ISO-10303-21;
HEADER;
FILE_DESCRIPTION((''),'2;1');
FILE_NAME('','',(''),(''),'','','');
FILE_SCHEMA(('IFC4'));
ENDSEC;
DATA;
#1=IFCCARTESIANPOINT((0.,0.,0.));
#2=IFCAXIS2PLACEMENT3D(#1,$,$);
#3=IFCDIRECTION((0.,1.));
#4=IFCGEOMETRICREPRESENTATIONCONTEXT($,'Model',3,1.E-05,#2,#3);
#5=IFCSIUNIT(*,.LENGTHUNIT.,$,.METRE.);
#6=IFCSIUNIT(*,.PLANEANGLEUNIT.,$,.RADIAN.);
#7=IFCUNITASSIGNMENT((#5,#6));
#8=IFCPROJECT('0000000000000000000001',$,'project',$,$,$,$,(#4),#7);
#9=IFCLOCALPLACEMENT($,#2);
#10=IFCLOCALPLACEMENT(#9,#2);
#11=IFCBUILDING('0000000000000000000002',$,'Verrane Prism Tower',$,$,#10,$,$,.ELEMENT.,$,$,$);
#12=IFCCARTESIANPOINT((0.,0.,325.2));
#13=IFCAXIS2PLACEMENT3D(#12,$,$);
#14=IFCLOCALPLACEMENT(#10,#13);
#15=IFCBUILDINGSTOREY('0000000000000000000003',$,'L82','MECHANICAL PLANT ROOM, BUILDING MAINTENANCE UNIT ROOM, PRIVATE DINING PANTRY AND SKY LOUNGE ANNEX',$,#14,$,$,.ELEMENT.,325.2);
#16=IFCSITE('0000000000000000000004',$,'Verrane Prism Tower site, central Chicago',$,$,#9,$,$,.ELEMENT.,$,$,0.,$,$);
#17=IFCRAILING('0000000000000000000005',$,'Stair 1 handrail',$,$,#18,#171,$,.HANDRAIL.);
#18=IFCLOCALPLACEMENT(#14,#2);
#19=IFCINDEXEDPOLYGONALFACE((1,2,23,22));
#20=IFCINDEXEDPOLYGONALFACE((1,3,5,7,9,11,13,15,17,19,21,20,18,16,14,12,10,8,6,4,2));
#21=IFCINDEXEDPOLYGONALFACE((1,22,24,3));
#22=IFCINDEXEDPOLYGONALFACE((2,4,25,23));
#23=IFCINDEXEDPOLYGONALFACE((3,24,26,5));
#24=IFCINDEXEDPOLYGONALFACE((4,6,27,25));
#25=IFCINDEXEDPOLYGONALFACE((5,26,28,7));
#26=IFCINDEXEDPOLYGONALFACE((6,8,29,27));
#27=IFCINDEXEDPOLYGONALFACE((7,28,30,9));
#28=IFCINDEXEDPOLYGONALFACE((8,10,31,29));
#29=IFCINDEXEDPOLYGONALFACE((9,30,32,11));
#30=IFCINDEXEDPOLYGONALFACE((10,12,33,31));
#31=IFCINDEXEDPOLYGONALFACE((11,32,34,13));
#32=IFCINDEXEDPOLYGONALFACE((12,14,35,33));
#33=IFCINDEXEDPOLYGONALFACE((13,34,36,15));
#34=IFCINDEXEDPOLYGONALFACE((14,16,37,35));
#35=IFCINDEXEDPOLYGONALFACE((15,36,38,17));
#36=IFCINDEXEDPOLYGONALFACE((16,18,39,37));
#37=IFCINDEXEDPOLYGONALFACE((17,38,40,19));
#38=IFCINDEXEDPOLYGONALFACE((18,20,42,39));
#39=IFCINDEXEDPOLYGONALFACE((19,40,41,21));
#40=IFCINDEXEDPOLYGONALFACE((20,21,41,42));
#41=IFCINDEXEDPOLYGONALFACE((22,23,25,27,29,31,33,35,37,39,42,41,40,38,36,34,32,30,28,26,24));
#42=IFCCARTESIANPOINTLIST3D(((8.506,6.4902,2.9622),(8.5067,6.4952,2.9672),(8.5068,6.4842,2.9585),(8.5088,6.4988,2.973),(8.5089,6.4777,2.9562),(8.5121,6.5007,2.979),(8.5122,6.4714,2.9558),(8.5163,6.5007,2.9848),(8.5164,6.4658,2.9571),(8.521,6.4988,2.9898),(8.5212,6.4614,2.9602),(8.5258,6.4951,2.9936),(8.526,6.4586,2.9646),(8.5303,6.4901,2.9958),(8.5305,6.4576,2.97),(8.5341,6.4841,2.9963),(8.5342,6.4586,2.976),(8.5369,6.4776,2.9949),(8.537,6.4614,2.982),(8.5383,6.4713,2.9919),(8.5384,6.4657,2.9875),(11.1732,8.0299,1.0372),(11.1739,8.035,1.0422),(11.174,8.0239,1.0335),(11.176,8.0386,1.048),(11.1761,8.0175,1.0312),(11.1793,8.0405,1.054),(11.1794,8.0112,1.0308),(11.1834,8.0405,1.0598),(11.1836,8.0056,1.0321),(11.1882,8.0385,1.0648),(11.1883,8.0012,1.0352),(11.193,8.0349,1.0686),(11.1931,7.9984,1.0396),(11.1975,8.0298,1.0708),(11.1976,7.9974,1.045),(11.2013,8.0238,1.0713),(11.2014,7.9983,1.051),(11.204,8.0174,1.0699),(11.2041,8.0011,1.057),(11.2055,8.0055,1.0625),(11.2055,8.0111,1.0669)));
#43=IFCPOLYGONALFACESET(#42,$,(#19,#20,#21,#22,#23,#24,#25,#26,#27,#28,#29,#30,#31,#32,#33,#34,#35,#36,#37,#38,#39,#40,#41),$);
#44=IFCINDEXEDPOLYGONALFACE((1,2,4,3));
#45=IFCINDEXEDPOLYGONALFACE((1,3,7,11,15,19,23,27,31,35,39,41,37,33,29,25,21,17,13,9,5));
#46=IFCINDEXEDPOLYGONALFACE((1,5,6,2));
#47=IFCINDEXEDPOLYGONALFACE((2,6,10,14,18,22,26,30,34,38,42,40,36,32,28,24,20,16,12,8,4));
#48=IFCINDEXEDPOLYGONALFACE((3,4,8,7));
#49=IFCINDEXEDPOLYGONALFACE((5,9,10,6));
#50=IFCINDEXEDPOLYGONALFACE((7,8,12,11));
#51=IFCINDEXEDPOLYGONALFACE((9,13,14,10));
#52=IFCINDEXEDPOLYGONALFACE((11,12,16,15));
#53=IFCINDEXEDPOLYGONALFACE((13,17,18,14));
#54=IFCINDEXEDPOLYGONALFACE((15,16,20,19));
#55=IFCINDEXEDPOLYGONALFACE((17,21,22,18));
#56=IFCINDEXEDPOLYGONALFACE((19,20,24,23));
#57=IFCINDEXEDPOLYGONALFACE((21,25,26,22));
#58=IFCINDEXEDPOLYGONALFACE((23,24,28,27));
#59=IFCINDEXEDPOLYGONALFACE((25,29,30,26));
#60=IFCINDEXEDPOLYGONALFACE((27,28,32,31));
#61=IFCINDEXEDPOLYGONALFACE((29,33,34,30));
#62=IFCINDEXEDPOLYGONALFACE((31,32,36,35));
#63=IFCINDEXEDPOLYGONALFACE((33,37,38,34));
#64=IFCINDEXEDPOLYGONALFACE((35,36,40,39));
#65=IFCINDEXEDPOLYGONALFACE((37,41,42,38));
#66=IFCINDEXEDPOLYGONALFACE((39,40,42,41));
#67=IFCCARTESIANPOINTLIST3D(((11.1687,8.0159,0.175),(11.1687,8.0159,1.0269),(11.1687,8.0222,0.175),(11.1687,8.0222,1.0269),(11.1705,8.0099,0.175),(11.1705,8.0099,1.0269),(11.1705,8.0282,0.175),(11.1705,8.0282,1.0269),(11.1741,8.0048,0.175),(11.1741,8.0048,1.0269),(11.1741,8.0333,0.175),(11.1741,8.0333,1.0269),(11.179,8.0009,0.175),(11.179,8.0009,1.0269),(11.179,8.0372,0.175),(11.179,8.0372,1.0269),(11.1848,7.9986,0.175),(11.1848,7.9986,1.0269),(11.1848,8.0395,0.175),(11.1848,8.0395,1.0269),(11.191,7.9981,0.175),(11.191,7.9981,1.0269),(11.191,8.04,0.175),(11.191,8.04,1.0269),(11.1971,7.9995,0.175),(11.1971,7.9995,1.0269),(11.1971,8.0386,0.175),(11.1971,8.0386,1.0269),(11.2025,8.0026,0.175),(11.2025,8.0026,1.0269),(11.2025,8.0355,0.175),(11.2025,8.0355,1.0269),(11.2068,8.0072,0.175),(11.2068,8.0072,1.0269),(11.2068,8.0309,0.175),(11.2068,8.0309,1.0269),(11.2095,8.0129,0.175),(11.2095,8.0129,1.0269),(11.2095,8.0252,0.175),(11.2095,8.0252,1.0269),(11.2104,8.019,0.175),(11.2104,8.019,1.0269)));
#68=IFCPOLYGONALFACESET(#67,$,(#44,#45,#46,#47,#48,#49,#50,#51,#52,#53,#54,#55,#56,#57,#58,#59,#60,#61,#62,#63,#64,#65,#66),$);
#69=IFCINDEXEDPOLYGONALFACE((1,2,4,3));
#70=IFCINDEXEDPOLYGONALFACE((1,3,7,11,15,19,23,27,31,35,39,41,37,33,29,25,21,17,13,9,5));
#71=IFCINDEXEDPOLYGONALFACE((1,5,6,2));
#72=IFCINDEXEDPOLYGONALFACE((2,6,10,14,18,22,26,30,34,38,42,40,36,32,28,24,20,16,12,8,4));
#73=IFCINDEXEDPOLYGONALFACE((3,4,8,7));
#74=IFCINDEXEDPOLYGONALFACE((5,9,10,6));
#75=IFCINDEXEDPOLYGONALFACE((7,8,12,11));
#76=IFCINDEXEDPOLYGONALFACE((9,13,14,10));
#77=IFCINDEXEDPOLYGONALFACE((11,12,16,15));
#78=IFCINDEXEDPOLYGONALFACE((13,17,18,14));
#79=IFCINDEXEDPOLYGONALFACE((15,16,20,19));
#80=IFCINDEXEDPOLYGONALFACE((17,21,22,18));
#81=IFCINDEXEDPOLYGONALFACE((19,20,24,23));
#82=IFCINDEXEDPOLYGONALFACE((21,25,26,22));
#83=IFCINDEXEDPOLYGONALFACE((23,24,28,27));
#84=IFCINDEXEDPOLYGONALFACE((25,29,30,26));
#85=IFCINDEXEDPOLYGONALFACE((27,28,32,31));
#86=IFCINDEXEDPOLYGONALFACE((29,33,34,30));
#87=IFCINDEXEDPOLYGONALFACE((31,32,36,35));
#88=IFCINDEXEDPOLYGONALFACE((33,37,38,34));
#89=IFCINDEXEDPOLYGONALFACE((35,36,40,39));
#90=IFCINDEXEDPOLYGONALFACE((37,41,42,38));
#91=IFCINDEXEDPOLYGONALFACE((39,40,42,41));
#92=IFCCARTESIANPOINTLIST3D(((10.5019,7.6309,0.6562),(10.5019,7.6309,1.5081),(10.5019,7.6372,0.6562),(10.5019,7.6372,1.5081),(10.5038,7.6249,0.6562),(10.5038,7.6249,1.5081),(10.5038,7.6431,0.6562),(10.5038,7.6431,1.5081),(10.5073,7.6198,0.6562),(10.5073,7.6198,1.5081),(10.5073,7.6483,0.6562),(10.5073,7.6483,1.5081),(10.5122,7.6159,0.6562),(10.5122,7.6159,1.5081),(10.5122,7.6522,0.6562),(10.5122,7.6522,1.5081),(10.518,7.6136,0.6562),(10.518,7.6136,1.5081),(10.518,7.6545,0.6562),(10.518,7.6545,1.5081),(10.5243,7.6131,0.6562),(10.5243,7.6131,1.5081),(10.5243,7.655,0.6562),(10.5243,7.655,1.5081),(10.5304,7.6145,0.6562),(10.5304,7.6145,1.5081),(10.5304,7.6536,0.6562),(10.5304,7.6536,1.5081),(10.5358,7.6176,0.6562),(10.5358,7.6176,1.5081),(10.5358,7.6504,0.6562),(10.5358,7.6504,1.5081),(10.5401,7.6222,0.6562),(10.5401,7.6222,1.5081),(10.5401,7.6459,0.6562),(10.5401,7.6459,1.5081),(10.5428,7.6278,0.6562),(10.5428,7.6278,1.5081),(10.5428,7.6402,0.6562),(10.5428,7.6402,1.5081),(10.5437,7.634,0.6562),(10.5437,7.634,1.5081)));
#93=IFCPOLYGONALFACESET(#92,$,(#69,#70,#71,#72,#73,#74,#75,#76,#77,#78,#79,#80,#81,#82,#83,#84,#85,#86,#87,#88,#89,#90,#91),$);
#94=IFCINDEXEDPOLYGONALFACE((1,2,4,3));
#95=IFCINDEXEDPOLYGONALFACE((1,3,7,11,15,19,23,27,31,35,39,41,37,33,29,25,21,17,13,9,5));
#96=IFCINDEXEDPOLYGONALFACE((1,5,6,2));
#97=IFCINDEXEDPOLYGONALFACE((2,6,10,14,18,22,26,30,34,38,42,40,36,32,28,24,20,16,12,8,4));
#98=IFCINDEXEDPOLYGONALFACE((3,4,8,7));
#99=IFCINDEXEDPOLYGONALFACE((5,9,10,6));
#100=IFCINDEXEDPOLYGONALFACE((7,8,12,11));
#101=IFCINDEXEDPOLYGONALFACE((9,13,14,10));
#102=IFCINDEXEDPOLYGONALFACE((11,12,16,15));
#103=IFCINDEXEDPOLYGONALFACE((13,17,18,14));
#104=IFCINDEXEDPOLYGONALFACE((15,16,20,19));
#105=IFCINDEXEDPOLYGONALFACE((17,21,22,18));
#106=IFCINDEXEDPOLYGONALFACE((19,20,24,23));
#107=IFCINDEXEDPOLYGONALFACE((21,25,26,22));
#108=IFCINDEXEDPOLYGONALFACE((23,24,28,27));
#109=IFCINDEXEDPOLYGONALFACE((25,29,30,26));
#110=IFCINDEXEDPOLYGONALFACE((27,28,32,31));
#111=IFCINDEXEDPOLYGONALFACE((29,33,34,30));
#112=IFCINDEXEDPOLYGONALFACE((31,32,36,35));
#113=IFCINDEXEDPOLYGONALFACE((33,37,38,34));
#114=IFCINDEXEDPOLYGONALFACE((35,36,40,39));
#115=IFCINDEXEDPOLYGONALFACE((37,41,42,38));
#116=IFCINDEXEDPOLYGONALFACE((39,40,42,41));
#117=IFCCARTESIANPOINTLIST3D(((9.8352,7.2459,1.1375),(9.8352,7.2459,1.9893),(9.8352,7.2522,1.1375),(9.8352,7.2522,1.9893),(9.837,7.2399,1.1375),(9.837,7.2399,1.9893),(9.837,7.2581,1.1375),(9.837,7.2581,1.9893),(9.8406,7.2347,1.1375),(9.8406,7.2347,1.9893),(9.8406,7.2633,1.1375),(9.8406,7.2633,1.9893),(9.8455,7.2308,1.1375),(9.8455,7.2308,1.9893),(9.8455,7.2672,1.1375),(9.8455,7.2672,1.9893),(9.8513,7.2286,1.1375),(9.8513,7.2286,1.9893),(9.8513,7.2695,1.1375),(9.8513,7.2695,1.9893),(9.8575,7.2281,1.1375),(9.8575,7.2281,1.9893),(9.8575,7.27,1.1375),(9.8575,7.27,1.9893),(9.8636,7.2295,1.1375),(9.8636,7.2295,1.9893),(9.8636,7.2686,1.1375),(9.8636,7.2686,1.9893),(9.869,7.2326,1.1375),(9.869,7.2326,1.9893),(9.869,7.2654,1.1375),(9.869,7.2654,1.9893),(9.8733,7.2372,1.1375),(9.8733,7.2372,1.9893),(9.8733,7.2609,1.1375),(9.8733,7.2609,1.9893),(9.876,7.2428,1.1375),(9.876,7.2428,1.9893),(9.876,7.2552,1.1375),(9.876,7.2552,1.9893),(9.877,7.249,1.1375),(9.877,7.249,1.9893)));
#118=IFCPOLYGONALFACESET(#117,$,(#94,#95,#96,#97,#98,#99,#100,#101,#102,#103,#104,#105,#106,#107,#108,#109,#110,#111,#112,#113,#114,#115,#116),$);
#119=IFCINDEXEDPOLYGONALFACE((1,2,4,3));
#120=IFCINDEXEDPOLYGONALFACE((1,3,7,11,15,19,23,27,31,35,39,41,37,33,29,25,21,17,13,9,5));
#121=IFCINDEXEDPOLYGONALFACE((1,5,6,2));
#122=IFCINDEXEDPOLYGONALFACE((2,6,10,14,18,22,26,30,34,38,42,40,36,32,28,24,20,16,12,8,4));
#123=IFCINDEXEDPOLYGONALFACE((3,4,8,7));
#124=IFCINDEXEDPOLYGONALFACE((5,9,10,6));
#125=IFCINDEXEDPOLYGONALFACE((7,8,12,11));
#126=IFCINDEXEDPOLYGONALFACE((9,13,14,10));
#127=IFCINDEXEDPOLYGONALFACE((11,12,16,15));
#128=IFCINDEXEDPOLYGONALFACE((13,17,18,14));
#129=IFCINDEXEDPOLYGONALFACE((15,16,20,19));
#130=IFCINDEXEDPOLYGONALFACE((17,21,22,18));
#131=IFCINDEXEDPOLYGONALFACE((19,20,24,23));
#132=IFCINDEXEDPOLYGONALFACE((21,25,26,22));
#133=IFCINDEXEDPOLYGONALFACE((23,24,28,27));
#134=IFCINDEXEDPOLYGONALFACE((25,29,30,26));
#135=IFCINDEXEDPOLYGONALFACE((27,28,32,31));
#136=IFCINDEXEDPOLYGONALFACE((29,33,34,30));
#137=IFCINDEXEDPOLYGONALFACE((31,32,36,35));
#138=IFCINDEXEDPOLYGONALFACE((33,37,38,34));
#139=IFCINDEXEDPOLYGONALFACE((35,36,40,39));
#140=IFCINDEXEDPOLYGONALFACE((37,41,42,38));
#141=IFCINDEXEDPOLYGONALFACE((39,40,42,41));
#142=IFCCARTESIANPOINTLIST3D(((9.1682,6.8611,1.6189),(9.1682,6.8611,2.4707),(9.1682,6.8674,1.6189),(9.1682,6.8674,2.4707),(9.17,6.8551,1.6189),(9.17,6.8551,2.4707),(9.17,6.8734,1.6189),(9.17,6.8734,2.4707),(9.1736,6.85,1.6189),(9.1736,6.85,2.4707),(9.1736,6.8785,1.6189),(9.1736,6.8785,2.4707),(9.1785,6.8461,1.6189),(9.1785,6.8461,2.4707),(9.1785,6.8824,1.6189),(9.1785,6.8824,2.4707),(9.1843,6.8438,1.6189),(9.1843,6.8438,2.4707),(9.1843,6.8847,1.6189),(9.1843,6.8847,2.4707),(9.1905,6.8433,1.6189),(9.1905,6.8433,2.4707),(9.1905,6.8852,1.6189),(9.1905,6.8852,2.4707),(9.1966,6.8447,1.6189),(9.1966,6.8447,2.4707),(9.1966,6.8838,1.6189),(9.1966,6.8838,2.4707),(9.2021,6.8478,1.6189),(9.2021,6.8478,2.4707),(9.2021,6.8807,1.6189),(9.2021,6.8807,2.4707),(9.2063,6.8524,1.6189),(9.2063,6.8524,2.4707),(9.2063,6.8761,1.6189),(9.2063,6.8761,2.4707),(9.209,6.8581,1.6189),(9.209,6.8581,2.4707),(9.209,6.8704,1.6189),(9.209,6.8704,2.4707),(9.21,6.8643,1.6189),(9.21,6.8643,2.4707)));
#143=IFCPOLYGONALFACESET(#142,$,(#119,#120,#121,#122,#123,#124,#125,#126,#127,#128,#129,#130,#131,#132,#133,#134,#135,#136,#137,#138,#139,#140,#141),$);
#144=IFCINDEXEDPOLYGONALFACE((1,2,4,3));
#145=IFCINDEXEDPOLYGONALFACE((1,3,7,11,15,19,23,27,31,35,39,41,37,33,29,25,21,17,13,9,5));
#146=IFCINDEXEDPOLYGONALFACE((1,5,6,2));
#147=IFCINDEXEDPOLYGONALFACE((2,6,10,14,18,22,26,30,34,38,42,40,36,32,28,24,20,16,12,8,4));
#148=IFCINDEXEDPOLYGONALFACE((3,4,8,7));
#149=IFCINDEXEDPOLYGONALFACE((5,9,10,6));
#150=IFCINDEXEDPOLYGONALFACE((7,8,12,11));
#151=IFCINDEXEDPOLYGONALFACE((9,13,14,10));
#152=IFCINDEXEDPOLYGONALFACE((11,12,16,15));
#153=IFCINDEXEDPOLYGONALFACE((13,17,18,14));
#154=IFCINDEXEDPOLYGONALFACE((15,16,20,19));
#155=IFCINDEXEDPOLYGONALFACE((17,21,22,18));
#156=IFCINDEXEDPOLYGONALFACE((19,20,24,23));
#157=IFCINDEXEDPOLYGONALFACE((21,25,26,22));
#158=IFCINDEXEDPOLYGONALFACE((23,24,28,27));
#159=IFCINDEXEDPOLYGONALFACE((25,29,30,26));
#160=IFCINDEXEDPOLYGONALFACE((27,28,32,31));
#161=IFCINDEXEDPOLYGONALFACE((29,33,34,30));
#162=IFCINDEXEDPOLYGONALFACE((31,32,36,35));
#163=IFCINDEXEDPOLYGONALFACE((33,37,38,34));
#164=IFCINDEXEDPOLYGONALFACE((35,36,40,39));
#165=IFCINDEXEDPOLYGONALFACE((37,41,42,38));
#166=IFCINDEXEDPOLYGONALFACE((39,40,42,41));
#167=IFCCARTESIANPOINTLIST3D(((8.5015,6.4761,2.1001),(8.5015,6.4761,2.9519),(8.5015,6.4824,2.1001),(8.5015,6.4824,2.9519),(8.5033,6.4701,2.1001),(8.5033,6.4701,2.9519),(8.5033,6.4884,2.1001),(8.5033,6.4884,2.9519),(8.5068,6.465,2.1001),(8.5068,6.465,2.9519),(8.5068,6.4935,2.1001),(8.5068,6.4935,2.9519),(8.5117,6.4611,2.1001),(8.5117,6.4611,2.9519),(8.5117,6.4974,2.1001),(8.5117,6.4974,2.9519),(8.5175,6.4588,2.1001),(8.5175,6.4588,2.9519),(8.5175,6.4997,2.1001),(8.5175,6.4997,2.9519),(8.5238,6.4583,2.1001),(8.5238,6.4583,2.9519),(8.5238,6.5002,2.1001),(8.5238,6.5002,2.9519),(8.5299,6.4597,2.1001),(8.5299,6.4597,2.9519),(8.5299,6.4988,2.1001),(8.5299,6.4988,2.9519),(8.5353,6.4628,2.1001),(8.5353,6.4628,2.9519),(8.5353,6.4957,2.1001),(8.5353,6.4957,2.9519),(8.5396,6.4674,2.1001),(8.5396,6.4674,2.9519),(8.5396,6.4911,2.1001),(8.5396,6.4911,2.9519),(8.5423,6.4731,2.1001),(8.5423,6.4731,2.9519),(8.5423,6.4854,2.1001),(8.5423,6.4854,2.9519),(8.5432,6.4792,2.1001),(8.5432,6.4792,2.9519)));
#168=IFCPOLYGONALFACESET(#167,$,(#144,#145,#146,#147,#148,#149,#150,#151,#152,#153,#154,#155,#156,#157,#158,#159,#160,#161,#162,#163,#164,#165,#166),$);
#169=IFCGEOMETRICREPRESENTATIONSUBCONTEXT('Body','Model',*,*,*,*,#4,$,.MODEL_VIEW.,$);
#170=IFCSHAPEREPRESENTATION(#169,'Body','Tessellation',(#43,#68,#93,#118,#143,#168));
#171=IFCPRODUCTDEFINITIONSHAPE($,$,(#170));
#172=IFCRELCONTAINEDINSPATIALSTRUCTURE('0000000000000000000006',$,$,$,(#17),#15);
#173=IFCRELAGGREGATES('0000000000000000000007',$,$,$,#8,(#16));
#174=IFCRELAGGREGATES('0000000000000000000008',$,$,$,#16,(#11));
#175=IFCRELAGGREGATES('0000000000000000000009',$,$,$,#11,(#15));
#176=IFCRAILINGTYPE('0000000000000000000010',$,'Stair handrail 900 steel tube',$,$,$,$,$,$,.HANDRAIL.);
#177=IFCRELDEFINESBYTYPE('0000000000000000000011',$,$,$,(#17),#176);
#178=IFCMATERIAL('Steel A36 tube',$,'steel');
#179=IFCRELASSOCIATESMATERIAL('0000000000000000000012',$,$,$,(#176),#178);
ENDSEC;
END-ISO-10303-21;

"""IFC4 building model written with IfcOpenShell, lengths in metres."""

from ifc_helpers import new_model, si_unit, direction, frame, origin, origin_2d, place, context, subcontext, project, spatial, circle, extrude, material, type_object, element, save


model = new_model("IFC4")

# Units and contexts
model_context = context("Model", 3, precision=1e-05, world=origin(), true_north=direction((0.0, 1.0)))
body_context = subcontext(model_context, "Body", "Model", "MODEL_VIEW")
ifc_project = project(units=[si_unit("LENGTHUNIT", "METRE"), si_unit("PLANEANGLEUNIT", "RADIAN")], contexts=[model_context])

# Site, building, storey
site_placement = place(None, origin())
site = spatial("IfcSite", under=ifc_project, at=site_placement, Name="Verrane Prism Tower site, central Chicago", CompositionType="ELEMENT", RefElevation=0.0)
building_placement = place(site_placement, origin())
building = spatial("IfcBuilding", under=site, at=building_placement, Name="Verrane Prism Tower", CompositionType="ELEMENT")
storey_placement = place(building_placement, frame((0.0, 0.0, 325.2)))
storey = spatial("IfcBuildingStorey", under=building, at=storey_placement, Name="L82", Description="MECHANICAL PLANT ROOM, BUILDING MAINTENANCE UNIT ROOM, PRIVATE DINING PANTRY AND SKY LOUNGE ANNEX", CompositionType="ELEMENT", Elevation=325.2)

# Railing
ifc_material_1 = material(Name="Steel A36 tube", Category="steel")
railing_type = type_object("IfcRailingType", Name="Stair handrail 900 steel tube", PredefinedType="HANDRAIL", material=ifc_material_1)
railing_1_placement = place(storey_placement, frame((11.1895, 8.019, 0.175)))
element("IfcRailing", 1, at=railing_1_placement, inside=storey, type_object=railing_type, Name="Stair 1 handrail", PredefinedType="HANDRAIL", context=body_context, shape_type="SweptSolid", body=[
    extrude(circle(Radius=0.0239, at=origin_2d()), frame((0.0, 0.0, 0.876), z_axis=(-0.734385, -0.42396, 0.530034), x_axis=(0.499967, -0.866044, 0.0)), (0.0, 0.0, 1.0), 3.6318),
    extrude(circle(Radius=0.021, at=origin_2d()), origin(), (0.0, 0.0, 1.0), 0.8518),
    extrude(circle(Radius=0.021, at=origin_2d()), frame((-0.6667, -0.385, 0.4812)), (0.0, 0.0, 1.0), 0.8518),
    extrude(circle(Radius=0.021, at=origin_2d()), frame((-1.3335, -0.77, 0.9624)), (0.0, 0.0, 1.0), 0.8518),
    extrude(circle(Radius=0.021, at=origin_2d()), frame((-2.0005, -1.1548, 1.4438)), (0.0, 0.0, 1.0), 0.8518),
    extrude(circle(Radius=0.021, at=origin_2d()), frame((-2.6672, -1.5398, 1.925)), (0.0, 0.0, 1.0), 0.8518),
])

save(model, "model.ifc")
